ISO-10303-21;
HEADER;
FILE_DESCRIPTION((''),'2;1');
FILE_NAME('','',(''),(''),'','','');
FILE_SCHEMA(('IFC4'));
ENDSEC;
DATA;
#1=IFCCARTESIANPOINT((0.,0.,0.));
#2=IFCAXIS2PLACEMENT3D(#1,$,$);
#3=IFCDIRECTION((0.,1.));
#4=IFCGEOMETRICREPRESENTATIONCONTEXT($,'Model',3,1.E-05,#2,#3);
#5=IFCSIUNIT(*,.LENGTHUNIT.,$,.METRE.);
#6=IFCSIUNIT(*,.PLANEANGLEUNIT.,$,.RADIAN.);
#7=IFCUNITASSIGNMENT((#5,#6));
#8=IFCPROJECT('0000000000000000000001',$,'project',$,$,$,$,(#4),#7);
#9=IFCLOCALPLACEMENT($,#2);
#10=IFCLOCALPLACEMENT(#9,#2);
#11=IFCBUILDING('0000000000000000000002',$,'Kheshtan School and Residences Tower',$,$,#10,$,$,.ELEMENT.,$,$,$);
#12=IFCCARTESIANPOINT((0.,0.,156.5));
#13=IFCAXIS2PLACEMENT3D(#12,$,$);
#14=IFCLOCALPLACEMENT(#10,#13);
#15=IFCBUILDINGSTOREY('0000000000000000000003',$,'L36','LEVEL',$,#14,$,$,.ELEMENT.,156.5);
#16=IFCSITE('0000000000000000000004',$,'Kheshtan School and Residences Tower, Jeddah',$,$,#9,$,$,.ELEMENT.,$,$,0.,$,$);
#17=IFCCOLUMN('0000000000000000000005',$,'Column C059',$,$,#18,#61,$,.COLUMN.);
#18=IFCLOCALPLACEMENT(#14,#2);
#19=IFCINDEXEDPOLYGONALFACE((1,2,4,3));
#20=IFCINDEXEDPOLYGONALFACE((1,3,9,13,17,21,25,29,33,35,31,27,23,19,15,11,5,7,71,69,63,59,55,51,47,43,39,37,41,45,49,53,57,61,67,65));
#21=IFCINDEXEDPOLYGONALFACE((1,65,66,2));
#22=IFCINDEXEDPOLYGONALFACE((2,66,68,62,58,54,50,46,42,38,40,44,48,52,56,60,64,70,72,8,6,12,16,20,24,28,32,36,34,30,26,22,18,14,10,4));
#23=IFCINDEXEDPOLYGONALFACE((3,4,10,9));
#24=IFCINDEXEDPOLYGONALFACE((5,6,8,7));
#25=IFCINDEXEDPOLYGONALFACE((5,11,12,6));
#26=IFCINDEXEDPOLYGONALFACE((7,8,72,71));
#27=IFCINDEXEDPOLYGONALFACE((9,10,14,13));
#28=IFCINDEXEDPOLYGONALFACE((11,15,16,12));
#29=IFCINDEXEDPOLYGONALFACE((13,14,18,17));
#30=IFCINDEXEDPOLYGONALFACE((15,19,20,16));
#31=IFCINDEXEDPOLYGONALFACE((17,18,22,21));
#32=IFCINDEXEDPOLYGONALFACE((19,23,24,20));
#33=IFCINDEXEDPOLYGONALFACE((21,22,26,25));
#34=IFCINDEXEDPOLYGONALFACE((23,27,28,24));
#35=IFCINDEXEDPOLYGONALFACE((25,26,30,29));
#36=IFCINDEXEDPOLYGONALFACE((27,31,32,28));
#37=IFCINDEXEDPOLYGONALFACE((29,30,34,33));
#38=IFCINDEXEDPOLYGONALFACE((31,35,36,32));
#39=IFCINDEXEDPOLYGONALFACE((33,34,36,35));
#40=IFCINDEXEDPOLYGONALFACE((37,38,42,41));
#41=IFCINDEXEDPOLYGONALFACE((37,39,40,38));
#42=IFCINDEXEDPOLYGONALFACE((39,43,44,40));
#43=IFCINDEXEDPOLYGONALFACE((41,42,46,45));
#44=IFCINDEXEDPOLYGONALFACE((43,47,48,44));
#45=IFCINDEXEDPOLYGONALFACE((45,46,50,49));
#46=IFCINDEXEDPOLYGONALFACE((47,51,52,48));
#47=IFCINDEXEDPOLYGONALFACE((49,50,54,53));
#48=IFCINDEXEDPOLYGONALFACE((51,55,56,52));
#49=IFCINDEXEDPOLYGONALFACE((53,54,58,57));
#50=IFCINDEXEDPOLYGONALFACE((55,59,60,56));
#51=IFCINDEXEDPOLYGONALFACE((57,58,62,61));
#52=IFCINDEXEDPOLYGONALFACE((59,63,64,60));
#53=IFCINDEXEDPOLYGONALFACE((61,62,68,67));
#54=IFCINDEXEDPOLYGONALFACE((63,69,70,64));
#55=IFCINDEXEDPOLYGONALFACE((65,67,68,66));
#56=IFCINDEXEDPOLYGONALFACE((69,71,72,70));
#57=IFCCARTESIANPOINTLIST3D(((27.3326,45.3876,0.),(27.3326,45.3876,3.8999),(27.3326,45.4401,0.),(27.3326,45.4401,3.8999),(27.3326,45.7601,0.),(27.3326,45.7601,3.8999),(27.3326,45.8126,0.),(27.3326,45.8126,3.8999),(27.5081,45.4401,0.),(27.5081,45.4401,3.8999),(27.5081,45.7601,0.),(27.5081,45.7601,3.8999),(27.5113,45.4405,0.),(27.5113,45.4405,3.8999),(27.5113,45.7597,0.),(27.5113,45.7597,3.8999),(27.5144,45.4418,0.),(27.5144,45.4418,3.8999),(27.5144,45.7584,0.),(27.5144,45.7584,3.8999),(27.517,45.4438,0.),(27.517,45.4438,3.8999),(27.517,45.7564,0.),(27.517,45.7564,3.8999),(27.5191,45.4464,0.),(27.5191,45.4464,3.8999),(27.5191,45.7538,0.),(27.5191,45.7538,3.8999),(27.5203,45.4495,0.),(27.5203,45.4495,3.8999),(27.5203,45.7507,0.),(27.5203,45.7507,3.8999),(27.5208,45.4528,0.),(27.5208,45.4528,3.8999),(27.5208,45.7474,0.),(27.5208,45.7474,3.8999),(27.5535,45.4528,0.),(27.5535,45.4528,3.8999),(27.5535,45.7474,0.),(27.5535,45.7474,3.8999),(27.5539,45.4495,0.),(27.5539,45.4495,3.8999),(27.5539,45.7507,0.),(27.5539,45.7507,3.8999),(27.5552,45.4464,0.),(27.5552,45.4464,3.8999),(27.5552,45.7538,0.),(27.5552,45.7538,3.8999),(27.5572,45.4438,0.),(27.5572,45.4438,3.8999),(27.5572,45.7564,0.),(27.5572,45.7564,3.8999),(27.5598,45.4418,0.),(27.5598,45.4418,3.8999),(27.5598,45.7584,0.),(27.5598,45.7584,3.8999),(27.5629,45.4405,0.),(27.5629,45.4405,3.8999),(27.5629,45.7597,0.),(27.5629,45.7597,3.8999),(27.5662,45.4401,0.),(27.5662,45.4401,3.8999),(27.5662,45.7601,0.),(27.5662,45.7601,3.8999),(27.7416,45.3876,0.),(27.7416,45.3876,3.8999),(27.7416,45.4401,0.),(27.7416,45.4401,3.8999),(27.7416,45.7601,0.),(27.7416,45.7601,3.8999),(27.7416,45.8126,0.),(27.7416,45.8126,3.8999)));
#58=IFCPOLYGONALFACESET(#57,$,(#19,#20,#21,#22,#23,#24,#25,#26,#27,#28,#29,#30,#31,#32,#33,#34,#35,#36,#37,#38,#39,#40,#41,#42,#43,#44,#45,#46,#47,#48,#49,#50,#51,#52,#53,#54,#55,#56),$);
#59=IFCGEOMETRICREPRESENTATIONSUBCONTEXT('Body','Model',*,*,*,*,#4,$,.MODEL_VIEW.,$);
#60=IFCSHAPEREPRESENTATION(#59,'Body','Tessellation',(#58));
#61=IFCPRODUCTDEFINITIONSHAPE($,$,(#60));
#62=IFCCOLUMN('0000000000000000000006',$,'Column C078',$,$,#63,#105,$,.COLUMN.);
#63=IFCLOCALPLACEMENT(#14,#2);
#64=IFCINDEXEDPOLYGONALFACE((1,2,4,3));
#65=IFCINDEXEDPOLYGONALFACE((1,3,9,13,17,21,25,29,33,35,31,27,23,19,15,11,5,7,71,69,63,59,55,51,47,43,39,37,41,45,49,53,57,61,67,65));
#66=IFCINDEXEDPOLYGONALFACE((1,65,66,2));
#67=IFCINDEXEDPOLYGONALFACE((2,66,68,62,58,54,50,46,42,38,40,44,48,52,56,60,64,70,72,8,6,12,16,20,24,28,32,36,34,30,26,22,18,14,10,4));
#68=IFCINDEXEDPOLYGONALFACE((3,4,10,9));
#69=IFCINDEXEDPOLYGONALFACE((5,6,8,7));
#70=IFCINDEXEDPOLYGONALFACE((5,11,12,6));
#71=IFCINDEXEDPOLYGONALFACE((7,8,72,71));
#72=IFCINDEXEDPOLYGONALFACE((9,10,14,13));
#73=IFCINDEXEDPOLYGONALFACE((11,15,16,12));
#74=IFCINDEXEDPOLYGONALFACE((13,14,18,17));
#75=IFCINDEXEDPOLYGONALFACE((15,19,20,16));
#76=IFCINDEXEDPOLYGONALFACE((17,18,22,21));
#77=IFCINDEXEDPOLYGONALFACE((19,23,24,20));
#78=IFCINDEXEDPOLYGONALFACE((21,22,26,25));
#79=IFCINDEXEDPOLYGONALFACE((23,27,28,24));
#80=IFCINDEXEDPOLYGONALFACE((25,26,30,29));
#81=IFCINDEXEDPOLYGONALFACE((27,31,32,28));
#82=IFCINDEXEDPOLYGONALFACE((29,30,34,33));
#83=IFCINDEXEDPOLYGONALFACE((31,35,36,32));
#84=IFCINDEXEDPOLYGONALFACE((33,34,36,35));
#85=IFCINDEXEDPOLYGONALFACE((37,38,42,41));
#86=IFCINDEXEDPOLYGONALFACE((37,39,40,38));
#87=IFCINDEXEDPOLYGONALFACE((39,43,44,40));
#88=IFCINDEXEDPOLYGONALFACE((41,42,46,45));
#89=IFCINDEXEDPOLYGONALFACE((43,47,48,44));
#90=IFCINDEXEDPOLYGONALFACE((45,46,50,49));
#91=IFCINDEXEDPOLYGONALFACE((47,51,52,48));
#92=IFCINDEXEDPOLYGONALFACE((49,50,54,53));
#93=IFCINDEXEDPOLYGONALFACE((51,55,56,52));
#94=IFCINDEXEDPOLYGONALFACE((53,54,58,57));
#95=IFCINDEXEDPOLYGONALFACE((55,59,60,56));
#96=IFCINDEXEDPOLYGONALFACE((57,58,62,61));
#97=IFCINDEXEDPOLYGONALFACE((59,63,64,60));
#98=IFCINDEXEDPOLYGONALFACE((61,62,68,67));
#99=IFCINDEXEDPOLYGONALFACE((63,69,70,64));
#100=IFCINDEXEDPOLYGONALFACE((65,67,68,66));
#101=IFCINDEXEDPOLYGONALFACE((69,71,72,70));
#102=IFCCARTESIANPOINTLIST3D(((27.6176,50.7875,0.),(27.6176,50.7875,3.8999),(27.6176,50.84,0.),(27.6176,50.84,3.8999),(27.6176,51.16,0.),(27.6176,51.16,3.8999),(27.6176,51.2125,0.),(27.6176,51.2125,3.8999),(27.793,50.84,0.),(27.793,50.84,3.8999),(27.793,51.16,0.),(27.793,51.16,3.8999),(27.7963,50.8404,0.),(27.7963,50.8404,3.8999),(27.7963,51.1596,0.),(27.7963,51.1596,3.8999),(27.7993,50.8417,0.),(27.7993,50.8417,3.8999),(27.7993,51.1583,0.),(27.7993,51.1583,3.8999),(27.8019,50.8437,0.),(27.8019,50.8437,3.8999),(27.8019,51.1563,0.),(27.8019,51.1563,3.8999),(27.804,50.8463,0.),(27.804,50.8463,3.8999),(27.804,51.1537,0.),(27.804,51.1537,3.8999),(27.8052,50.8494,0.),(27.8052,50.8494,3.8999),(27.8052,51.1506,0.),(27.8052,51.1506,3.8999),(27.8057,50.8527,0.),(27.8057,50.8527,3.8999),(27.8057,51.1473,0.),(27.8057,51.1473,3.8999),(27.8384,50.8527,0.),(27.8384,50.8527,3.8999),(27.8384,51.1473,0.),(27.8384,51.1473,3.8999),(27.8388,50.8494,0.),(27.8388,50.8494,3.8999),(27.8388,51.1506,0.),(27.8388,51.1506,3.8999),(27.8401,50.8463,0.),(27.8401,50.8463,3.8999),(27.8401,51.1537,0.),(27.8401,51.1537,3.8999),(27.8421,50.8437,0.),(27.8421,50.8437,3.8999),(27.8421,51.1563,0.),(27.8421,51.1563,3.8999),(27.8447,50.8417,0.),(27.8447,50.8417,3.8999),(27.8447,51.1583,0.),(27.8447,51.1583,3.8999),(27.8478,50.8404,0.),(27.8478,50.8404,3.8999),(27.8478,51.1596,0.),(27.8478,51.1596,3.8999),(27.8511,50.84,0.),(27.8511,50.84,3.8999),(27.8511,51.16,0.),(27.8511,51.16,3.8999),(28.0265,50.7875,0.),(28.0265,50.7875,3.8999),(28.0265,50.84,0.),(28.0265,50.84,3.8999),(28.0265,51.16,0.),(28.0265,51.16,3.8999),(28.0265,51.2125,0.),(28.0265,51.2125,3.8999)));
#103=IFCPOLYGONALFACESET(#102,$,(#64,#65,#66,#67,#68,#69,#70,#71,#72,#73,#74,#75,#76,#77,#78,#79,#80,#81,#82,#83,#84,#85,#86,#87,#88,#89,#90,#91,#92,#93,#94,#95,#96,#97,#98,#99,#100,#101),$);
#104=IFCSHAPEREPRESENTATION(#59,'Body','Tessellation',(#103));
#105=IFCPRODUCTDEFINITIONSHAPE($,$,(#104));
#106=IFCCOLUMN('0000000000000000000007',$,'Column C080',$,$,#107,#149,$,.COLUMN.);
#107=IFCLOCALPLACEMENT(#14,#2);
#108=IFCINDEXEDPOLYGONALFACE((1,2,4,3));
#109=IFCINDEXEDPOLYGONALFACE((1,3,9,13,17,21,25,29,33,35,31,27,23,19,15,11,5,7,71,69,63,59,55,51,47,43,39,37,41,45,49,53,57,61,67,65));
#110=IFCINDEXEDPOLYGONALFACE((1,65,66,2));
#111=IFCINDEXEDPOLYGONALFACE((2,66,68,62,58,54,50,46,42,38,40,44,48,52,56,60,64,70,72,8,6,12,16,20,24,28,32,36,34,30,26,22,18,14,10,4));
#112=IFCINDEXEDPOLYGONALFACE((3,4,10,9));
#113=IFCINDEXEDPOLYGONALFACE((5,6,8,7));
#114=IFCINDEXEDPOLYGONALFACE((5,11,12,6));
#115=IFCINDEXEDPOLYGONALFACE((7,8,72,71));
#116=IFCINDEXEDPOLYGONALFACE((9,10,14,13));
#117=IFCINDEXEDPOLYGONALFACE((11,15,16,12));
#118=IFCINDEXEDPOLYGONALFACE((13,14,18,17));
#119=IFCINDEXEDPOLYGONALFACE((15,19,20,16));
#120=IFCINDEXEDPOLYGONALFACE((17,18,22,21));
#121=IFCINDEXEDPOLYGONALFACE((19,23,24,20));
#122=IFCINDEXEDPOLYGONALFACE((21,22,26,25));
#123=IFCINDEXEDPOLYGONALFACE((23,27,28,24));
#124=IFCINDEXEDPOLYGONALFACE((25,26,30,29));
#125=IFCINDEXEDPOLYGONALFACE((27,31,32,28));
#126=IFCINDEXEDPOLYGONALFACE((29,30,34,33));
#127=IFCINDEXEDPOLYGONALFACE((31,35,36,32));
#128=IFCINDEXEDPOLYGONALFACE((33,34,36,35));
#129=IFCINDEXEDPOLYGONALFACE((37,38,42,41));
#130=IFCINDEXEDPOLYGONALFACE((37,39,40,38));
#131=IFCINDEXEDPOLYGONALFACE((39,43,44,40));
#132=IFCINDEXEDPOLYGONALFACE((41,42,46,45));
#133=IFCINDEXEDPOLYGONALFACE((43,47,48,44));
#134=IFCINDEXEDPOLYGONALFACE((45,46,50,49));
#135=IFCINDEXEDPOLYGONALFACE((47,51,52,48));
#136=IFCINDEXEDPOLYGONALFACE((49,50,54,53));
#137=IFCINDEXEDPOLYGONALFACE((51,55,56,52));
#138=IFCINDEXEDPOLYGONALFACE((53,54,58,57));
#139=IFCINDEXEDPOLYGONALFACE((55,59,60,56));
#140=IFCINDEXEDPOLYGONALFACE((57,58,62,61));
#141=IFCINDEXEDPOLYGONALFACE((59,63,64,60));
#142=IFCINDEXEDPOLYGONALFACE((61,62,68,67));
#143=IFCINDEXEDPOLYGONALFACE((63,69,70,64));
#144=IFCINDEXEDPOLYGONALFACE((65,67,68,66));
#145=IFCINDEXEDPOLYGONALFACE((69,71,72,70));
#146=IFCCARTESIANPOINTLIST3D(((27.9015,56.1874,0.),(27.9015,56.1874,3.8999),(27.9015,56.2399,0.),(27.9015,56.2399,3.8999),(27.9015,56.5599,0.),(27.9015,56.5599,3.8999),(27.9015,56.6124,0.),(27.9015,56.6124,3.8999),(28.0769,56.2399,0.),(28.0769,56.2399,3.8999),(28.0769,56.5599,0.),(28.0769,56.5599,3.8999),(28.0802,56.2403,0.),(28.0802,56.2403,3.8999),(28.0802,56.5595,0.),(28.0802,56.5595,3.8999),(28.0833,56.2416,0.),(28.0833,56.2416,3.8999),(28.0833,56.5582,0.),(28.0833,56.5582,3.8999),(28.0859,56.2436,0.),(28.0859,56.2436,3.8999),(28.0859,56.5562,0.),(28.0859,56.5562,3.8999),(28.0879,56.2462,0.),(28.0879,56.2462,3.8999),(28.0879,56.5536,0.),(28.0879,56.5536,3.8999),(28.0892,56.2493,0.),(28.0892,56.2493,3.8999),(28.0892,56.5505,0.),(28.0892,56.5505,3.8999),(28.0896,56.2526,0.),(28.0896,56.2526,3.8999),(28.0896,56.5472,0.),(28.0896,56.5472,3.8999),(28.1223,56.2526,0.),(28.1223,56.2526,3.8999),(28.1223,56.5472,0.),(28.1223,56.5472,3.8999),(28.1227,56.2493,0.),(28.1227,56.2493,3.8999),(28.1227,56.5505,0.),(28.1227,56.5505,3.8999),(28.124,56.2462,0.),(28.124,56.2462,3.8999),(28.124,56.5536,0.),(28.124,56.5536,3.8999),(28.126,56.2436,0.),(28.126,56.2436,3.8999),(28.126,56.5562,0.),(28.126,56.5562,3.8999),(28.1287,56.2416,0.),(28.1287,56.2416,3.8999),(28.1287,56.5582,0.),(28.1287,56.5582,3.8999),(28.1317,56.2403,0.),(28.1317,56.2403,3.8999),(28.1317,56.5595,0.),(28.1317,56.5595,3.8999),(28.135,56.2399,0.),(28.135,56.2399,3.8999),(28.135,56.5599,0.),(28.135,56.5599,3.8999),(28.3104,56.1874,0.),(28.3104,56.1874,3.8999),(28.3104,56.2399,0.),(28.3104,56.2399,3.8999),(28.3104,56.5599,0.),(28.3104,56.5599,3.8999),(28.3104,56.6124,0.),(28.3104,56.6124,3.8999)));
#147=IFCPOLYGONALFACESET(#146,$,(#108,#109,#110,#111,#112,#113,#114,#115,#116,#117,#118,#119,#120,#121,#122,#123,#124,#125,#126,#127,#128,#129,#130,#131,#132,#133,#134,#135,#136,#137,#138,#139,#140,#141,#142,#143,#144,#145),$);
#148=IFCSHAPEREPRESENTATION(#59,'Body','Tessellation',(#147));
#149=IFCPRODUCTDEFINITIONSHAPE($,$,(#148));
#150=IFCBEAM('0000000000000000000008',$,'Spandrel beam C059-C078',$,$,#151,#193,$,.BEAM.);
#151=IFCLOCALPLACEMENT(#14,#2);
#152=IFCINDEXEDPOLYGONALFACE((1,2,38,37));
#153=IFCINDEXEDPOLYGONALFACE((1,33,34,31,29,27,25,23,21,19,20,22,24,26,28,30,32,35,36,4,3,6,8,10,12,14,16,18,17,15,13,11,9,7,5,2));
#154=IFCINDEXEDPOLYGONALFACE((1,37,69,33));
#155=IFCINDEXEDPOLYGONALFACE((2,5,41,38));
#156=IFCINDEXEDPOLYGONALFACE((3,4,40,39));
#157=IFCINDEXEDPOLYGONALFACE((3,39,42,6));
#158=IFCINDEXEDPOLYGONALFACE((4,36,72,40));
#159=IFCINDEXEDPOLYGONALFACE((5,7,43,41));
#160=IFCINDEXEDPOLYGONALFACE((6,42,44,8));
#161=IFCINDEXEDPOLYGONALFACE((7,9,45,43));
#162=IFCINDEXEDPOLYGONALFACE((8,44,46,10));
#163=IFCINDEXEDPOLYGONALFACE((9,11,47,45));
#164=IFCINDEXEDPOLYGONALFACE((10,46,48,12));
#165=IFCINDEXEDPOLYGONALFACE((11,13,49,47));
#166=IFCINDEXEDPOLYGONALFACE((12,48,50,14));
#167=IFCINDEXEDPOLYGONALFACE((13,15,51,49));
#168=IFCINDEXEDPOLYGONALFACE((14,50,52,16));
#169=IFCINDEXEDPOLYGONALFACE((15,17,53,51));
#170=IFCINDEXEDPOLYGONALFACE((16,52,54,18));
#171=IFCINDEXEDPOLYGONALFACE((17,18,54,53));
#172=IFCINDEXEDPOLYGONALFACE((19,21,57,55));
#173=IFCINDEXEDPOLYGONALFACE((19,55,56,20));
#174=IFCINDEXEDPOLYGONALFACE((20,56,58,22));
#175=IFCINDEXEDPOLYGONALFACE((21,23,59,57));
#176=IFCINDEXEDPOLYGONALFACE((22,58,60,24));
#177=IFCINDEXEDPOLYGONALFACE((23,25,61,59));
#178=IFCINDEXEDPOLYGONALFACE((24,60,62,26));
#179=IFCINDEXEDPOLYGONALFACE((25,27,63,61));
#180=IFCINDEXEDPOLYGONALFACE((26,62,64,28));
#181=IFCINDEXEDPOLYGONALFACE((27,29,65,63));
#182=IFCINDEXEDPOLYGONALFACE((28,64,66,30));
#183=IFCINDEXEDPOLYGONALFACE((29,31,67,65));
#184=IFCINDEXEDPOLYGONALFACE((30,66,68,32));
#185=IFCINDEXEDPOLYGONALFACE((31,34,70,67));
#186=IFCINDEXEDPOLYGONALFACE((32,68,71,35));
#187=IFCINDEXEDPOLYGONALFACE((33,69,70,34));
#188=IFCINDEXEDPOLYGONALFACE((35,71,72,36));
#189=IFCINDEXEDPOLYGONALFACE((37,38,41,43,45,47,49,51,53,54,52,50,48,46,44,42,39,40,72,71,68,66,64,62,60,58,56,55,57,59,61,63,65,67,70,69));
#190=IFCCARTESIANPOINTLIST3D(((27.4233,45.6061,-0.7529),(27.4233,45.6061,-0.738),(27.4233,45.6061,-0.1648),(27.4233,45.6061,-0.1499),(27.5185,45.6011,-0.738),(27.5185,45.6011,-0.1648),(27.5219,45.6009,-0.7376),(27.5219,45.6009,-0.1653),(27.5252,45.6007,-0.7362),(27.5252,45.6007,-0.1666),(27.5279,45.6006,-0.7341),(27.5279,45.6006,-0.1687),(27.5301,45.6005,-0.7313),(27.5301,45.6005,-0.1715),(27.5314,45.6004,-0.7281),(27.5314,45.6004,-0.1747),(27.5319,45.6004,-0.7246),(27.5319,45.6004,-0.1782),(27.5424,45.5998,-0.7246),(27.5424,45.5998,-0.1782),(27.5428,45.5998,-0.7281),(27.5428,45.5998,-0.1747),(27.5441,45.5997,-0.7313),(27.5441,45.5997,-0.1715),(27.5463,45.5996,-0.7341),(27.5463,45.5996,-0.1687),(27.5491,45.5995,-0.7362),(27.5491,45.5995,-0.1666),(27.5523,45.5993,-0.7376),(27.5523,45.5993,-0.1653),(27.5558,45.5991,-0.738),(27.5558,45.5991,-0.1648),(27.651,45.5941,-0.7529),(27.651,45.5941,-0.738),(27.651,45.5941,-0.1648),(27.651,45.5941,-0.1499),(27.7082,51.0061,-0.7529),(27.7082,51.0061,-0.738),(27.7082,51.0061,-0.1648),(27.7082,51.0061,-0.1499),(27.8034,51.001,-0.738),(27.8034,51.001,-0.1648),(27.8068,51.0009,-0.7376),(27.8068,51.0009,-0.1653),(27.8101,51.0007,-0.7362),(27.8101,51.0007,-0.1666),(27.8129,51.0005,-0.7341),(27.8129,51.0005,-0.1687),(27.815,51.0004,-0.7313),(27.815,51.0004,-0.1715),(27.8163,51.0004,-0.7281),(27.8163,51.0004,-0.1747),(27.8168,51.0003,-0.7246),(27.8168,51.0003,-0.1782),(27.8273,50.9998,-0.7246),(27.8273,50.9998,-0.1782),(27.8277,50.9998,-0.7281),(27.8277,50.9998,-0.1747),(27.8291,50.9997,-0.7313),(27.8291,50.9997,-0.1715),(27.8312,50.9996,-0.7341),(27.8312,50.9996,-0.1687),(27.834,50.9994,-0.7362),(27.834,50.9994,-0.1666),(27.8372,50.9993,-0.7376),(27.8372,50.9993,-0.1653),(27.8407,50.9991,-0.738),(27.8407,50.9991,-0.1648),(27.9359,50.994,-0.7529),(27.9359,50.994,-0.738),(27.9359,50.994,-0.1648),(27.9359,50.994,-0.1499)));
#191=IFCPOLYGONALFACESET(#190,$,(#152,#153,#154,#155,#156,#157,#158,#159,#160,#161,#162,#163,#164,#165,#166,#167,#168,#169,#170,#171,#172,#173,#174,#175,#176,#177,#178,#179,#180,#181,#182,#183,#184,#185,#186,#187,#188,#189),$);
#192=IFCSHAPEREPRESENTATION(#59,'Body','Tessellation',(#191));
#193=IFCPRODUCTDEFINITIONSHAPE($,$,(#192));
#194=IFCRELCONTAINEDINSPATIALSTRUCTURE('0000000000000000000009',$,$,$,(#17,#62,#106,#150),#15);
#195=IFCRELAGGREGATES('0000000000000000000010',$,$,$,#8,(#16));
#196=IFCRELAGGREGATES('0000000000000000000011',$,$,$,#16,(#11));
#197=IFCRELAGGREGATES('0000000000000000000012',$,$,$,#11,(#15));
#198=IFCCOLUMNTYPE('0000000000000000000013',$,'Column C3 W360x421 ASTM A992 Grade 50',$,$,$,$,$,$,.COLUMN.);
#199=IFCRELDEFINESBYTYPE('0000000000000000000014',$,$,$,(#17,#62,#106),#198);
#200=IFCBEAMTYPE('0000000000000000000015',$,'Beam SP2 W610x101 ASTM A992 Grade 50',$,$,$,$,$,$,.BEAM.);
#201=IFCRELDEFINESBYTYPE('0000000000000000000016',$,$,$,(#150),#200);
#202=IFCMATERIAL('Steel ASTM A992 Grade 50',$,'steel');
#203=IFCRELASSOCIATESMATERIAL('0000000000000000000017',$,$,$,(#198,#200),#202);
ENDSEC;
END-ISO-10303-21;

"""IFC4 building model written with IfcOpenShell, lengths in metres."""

from ifc_helpers import new_model, si_unit, direction, frame, origin, origin_2d, place, context, subcontext, project, spatial, i_section, extrude, material, material_profile, profile_set, type_object, element, save


model = new_model("IFC4")

# Units and contexts
model_context = context("Model", 3, precision=1e-05, world=origin(), true_north=direction((0.0, 1.0)))
body_context = subcontext(model_context, "Body", "Model", "MODEL_VIEW")
ifc_project = project(units=[si_unit("LENGTHUNIT", "METRE"), si_unit("PLANEANGLEUNIT", "RADIAN")], contexts=[model_context])

# Site, building, storey
site_placement = place(None, origin())
site = spatial("IfcSite", under=ifc_project, at=site_placement, Name="Kheshtan School and Residences Tower, Jeddah", CompositionType="ELEMENT", RefElevation=0.0)
building_placement = place(site_placement, origin())
building = spatial("IfcBuilding", under=site, at=building_placement, Name="Kheshtan School and Residences Tower", CompositionType="ELEMENT")
storey_placement = place(building_placement, frame((0.0, 0.0, 156.5)))
storey = spatial("IfcBuildingStorey", under=building, at=storey_placement, Name="L36", Description="LEVEL", CompositionType="ELEMENT", Elevation=156.5)

# Columns
ifc_material_1 = material(Name="Steel ASTM A992 Grade 50", Category="steel")
ifc_material_profile_1 = material_profile(ifc_material_1, i_section(OverallWidth=0.4089, OverallDepth=0.425, WebThickness=0.0327, FlangeThickness=0.0525, FilletRadius=0.0127, at=origin_2d()), Name="W360x421")
ifc_profile_set_1 = profile_set([ifc_material_profile_1], Name="Steel ASTM A992 Grade 50")
column_type = type_object("IfcColumnType", Name="Column C3 W360x421 ASTM A992 Grade 50", PredefinedType="COLUMN", material=ifc_profile_set_1)
for number, where, z_axis, x_axis, name in (
    (1, (27.5371, 45.6001, 0.0), (0.0, 0.0, 1.0), (1.0, 0.0, 0.0), "Column C059"),
    (2, (27.822, 51.0, 0.0), (0.0, 0.0, 1.0), (1.0, 0.0, 0.0), "Column C078"),
    (3, (28.106, 56.3999, 0.0), (0.0, 0.0, 1.0), (1.0, 0.0, 0.0), "Column C080"),
):
    element("IfcColumn", number, at=place(storey_placement, frame(where, z_axis=z_axis, x_axis=x_axis)), inside=storey, type_object=column_type, Name=name, PredefinedType="COLUMN", context=body_context, shape_type="SweptSolid", body=[
        extrude(i_section(OverallWidth=0.4089, OverallDepth=0.425, WebThickness=0.0327, FlangeThickness=0.0525, FilletRadius=0.0127, at=origin_2d()), origin(), (0.0, 0.0, 1.0), 3.8999),
    ])

# Beam
ifc_material_profile_2 = material_profile(ifc_material_1, i_section(OverallWidth=0.228, OverallDepth=0.603, WebThickness=0.0105, FlangeThickness=0.0149, FilletRadius=0.0134, at=origin_2d()), Name="W610x101")
ifc_profile_set_2 = profile_set([ifc_material_profile_2], Name="Steel ASTM A992 Grade 50")
beam_type = type_object("IfcBeamType", Name="Beam SP2 W610x101 ASTM A992 Grade 50", PredefinedType="BEAM", material=ifc_profile_set_2)
for number, where, z_axis, x_axis, name in (
    (4, (27.5371, 45.6001, -0.4514), (0.052689, 0.998611, 0.0), (-0.998611, 0.052689, 0.0), "Spandrel beam C059-C078"),
):
    element("IfcBeam", number, at=place(storey_placement, frame(where, z_axis=z_axis, x_axis=x_axis)), inside=storey, type_object=beam_type, Name=name, PredefinedType="BEAM", context=body_context, shape_type="SweptSolid", body=[
        extrude(i_section(OverallWidth=0.228, OverallDepth=0.603, WebThickness=0.0105, FlangeThickness=0.0149, FilletRadius=0.0134, at=origin_2d()), origin(), (0.0, 0.0, 1.0), 5.4075),
    ])

save(model, "model.ifc")
